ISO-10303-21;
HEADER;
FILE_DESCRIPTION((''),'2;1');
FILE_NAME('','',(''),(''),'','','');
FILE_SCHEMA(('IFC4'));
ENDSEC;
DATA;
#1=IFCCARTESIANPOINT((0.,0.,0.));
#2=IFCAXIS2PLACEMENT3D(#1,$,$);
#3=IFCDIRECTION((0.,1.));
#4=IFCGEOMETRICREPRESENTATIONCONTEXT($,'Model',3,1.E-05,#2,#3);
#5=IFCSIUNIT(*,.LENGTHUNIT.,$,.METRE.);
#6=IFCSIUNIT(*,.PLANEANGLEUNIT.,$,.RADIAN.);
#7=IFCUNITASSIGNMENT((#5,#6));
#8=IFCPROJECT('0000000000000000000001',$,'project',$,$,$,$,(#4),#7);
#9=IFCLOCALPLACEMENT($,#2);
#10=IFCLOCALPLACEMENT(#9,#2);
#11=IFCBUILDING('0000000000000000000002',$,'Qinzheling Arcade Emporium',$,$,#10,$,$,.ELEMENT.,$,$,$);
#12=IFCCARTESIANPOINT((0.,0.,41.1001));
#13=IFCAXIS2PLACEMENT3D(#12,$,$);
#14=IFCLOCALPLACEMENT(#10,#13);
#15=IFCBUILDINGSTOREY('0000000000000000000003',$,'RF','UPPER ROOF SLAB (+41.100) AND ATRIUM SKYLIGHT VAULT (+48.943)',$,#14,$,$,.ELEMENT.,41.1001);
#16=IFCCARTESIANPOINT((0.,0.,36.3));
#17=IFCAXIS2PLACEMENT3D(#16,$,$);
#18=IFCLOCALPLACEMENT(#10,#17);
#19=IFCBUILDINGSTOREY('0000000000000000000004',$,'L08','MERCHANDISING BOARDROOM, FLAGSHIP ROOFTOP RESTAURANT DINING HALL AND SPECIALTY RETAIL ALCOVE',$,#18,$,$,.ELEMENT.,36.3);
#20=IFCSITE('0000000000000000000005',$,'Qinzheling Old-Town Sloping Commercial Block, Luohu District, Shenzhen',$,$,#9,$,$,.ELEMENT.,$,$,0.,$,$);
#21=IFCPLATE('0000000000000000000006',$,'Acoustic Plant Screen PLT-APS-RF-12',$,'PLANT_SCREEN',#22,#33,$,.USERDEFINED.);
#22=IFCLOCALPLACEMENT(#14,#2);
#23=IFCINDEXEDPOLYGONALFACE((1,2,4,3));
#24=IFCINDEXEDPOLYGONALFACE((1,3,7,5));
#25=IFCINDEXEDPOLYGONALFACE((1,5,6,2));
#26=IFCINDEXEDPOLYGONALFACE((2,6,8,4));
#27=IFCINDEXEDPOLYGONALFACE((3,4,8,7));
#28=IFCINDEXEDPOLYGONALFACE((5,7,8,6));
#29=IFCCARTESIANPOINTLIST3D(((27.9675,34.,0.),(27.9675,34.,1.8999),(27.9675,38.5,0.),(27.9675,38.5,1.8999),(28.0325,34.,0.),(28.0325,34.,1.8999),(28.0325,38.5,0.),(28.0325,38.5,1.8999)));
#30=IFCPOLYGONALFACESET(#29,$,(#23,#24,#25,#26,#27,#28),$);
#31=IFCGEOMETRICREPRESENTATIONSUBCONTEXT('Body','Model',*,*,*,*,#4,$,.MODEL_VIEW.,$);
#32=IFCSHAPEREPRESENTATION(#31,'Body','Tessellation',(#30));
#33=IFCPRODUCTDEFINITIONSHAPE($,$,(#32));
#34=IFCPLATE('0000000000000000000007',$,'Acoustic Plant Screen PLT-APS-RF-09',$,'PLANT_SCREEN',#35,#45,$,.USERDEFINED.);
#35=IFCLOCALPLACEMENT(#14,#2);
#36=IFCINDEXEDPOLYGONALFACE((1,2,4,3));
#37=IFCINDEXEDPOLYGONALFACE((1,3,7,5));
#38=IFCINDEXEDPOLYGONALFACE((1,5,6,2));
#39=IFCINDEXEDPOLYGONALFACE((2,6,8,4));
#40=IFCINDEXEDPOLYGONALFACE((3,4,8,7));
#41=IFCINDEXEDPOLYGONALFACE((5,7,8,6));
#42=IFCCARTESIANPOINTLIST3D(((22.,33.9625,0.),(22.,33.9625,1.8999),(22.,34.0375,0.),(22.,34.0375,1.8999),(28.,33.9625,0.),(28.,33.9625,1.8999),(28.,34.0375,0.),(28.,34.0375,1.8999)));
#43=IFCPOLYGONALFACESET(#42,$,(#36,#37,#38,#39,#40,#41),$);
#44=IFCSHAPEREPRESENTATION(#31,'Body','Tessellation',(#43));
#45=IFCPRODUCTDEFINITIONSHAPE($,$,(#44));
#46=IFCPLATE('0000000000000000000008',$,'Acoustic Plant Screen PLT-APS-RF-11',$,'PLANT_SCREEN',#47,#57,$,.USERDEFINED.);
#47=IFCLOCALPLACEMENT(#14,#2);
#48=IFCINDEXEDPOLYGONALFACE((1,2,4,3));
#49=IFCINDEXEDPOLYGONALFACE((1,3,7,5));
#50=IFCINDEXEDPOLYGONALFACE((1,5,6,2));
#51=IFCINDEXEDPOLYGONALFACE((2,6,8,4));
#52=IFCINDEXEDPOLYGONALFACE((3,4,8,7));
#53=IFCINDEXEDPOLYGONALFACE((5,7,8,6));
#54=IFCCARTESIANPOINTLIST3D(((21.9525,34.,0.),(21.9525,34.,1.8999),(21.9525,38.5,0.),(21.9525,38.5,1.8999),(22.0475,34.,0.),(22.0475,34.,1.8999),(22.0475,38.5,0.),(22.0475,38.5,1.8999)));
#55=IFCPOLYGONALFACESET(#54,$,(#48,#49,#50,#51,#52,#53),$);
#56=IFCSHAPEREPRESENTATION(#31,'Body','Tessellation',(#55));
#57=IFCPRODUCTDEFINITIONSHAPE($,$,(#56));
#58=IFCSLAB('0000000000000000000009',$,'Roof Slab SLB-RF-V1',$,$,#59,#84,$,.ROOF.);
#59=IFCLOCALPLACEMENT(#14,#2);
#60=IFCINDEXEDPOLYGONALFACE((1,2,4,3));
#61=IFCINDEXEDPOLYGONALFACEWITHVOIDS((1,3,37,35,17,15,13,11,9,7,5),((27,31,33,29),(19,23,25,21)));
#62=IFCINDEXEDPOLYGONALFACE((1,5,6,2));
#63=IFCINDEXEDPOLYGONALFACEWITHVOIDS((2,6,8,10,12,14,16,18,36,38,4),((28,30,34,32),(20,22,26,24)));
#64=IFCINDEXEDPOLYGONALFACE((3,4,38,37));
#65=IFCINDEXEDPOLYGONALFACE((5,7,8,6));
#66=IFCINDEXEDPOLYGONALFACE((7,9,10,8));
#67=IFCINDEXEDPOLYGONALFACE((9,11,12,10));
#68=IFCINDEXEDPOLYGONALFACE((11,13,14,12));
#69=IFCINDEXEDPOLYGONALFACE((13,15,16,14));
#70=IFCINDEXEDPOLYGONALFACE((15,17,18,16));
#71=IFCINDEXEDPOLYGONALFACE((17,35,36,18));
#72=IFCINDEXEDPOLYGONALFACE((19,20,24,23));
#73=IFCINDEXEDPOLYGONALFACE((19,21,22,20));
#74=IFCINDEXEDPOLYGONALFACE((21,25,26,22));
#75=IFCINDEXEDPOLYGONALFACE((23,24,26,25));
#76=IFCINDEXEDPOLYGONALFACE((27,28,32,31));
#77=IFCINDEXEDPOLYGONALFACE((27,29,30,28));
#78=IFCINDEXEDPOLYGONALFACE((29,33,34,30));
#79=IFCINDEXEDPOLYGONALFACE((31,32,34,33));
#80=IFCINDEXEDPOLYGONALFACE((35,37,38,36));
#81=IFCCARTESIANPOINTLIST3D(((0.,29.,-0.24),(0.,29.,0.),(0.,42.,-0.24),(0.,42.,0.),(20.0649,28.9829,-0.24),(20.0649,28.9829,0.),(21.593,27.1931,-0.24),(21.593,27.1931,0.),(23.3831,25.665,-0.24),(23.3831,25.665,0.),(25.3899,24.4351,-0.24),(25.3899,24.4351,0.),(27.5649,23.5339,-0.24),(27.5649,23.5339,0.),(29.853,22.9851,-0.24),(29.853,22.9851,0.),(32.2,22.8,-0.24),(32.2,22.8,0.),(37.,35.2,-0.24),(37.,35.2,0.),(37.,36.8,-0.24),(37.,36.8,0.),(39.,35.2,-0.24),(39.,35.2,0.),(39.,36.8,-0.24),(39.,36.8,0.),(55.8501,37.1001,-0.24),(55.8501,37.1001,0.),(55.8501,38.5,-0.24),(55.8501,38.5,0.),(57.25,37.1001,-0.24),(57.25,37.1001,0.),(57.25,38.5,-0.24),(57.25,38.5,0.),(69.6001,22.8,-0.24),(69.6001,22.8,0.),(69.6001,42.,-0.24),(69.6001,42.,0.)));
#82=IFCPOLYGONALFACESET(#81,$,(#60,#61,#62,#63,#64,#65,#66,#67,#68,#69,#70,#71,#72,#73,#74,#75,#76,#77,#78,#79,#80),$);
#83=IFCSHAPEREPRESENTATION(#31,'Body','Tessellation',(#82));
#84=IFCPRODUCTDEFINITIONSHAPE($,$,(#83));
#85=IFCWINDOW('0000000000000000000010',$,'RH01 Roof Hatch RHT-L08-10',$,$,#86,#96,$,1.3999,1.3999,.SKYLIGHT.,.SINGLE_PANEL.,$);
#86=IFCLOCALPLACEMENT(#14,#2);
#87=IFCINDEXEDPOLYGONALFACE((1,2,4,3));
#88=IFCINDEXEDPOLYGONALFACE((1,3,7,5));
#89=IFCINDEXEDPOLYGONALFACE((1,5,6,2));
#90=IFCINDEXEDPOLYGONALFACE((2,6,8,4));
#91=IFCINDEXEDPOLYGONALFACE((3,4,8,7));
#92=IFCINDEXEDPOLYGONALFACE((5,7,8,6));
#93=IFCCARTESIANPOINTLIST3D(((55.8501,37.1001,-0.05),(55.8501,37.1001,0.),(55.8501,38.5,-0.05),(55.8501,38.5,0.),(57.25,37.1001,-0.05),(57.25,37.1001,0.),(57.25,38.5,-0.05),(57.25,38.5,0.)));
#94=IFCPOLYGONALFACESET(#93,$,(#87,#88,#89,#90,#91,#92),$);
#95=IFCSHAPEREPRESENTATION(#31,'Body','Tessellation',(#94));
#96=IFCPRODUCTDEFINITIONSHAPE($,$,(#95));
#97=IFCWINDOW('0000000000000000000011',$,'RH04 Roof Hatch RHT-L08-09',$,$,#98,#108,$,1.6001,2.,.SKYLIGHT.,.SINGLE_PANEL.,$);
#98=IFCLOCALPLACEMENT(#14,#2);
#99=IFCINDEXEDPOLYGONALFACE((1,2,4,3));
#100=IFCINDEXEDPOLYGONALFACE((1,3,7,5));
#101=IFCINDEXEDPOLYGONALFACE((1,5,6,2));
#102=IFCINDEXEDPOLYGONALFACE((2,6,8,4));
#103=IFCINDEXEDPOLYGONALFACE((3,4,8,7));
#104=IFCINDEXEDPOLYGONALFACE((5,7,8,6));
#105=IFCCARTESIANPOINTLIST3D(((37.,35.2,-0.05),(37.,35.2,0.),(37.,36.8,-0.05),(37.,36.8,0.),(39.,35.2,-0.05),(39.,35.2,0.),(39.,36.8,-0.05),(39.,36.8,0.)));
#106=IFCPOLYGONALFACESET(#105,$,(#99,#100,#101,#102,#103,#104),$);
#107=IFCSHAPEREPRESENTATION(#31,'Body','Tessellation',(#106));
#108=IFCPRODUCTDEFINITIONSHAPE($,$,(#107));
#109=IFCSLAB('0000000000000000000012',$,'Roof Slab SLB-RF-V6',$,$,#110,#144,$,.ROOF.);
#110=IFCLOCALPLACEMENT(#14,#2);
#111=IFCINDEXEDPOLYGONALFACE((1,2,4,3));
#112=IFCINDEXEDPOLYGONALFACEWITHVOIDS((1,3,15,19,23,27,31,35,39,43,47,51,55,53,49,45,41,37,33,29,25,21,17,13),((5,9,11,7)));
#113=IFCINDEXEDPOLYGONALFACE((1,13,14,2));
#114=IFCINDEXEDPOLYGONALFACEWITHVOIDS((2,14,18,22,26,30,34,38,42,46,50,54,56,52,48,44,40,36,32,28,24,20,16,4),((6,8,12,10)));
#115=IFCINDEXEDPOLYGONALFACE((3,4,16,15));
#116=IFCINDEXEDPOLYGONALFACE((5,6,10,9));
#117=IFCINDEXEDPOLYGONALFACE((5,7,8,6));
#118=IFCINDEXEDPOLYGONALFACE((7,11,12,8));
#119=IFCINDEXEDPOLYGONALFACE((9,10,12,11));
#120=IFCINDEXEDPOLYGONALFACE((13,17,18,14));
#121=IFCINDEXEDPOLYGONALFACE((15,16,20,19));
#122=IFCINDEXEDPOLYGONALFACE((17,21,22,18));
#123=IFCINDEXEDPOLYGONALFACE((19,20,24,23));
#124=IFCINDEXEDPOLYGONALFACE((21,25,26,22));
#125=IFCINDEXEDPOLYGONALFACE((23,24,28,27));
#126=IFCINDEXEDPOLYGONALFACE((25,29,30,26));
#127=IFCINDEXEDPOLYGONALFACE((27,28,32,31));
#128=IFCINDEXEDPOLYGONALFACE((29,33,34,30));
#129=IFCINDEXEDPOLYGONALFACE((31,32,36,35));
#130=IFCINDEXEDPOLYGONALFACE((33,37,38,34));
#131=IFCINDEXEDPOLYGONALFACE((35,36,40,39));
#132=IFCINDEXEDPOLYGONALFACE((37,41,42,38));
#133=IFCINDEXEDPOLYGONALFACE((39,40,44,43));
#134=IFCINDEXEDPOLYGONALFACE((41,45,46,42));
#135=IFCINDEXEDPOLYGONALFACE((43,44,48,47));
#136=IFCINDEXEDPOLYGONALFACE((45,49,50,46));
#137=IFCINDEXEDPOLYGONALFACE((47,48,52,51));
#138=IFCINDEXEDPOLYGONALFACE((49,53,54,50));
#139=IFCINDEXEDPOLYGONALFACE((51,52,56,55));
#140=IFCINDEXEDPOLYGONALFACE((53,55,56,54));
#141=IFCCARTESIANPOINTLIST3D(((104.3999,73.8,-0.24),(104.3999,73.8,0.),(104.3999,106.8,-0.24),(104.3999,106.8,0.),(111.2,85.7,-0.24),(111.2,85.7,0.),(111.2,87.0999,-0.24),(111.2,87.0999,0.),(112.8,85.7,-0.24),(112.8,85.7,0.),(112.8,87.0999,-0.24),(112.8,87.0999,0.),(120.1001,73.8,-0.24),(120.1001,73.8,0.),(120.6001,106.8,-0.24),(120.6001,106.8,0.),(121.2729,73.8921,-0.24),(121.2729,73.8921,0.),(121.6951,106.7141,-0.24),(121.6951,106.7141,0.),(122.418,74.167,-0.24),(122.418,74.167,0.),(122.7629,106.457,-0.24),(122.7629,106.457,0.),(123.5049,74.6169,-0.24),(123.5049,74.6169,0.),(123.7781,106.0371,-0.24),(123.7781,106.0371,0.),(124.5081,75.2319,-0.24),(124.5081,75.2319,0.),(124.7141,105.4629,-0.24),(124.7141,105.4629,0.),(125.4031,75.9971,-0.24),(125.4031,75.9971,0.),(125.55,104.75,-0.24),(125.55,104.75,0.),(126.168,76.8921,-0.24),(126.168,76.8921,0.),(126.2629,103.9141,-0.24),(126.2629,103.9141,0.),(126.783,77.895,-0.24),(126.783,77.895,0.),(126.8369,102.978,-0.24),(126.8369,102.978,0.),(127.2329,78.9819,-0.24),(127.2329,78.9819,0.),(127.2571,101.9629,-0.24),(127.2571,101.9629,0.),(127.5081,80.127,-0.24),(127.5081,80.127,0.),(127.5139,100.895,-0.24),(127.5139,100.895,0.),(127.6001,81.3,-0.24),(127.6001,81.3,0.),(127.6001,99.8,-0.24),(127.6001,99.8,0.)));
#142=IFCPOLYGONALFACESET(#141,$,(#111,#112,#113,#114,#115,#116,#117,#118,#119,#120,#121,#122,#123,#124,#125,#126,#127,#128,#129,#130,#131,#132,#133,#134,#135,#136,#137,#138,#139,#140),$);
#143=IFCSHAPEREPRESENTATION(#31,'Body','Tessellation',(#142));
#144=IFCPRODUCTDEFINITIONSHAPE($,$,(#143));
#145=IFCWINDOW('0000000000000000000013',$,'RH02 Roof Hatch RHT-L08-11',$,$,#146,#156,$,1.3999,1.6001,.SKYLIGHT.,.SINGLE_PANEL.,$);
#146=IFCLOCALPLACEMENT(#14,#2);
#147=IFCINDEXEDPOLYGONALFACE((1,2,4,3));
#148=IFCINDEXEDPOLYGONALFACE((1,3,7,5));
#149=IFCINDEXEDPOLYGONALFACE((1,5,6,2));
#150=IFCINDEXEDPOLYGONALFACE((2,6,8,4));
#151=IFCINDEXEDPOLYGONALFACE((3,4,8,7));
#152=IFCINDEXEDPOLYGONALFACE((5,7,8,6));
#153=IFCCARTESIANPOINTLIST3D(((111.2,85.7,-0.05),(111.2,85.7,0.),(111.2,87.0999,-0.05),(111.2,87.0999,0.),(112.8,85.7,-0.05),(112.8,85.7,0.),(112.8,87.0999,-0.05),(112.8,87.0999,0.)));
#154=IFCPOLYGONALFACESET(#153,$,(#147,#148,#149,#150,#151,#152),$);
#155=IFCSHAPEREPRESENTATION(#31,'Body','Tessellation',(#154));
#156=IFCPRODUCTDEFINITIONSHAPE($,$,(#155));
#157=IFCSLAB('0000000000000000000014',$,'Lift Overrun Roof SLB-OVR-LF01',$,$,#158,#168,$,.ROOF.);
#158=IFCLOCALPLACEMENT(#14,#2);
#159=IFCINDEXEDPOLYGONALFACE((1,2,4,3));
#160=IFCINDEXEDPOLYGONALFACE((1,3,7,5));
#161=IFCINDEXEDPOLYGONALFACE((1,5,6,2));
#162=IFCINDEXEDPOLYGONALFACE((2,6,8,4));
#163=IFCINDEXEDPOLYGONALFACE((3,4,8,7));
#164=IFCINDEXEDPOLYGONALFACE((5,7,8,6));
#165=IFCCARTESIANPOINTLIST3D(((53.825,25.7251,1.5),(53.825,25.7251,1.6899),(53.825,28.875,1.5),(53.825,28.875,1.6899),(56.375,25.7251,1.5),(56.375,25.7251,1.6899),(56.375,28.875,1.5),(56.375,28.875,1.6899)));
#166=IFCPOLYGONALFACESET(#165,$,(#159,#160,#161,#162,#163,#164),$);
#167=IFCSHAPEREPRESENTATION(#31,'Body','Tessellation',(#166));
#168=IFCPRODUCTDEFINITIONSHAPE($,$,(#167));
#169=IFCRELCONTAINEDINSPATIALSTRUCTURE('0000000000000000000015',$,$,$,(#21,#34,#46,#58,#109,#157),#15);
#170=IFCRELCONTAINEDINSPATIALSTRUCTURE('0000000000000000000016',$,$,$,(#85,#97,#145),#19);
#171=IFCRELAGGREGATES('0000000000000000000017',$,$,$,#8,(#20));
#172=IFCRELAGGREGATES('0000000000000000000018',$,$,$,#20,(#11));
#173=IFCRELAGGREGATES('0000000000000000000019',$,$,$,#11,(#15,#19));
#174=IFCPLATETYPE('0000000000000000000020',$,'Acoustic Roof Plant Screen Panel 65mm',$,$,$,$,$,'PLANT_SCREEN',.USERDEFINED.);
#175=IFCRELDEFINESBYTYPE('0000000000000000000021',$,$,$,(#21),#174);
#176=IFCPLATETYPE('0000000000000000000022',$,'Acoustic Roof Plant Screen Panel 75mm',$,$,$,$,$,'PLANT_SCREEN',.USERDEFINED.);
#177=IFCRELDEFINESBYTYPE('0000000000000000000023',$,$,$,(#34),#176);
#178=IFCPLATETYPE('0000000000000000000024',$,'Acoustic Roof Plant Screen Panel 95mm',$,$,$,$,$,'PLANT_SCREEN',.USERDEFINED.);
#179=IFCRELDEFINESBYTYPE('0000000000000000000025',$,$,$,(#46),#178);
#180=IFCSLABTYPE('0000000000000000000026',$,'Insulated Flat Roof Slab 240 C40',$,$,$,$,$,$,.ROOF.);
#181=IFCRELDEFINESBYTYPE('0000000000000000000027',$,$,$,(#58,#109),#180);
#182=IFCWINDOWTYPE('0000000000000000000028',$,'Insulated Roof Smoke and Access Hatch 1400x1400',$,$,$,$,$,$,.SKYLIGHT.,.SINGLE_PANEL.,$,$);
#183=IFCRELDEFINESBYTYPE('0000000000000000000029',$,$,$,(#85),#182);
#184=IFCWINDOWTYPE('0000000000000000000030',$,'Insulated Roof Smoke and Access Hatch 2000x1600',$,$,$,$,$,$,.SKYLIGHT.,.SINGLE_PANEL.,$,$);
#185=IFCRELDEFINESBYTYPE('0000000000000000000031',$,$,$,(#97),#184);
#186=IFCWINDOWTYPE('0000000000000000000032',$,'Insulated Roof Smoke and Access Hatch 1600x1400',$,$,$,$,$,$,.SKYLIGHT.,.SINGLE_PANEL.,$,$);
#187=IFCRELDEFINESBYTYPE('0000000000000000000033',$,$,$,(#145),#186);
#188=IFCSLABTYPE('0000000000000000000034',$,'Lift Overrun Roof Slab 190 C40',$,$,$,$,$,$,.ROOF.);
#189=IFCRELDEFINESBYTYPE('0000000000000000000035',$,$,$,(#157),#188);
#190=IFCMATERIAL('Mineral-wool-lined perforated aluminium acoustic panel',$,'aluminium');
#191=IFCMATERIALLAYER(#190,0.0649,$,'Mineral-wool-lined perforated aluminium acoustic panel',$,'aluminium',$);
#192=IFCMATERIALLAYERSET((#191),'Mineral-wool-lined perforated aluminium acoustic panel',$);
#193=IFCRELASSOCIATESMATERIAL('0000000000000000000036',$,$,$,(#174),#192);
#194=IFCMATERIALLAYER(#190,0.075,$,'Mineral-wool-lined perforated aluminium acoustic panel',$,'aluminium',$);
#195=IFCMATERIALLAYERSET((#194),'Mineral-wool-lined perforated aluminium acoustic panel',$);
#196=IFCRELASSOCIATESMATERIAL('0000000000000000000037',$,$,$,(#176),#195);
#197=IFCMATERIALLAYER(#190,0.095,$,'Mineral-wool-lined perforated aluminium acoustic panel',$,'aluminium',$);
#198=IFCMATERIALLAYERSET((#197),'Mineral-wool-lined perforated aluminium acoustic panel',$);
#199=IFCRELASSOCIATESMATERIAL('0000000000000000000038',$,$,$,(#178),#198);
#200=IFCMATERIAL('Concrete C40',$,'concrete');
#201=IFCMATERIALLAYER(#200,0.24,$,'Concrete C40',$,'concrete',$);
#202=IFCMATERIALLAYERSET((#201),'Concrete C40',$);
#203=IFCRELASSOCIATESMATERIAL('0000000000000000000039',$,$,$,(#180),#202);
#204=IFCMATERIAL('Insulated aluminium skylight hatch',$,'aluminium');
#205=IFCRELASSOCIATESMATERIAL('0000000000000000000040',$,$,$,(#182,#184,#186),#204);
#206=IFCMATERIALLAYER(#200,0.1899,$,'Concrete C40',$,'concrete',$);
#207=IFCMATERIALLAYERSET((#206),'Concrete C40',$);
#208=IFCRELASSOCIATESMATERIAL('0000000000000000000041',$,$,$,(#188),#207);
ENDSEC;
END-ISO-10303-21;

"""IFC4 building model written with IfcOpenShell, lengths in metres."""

from ifc_helpers import new_model, si_unit, direction, frame, origin, origin_2d, place, context, subcontext, project, spatial, polyline, rectangle, outline, extrude, material, layer, layer_set, type_object, element, fill, save


model = new_model("IFC4")

# Units and contexts
model_context = context("Model", 3, precision=1e-05, world=origin(), true_north=direction((0.0, 1.0)))
body_context = subcontext(model_context, "Body", "Model", "MODEL_VIEW")
ifc_project = project(units=[si_unit("LENGTHUNIT", "METRE"), si_unit("PLANEANGLEUNIT", "RADIAN")], contexts=[model_context])

# Site, building, storey
site_placement = place(None, origin())
site = spatial("IfcSite", under=ifc_project, at=site_placement, Name="Qinzheling Old-Town Sloping Commercial Block, Luohu District, Shenzhen", CompositionType="ELEMENT", RefElevation=0.0)
building_placement = place(site_placement, origin())
building = spatial("IfcBuilding", under=site, at=building_placement, Name="Qinzheling Arcade Emporium", CompositionType="ELEMENT")
storey_1_placement = place(building_placement, frame((0.0, 0.0, 41.1001)))
storey_1 = spatial("IfcBuildingStorey", under=building, at=storey_1_placement, Name="RF", Description="UPPER ROOF SLAB (+41.100) AND ATRIUM SKYLIGHT VAULT (+48.943)", CompositionType="ELEMENT", Elevation=41.1001)

# Plates
ifc_material_1 = material(Name="Mineral-wool-lined perforated aluminium acoustic panel", Category="aluminium")
ifc_layer_1 = layer(ifc_material_1, 0.0649, Name="Mineral-wool-lined perforated aluminium acoustic panel", Category="aluminium")
ifc_layer_set_1 = layer_set([ifc_layer_1], Name="Mineral-wool-lined perforated aluminium acoustic panel")
plate_type_1 = type_object("IfcPlateType", Name="Acoustic Roof Plant Screen Panel 65mm", ElementType="PLANT_SCREEN", PredefinedType="USERDEFINED", material=ifc_layer_set_1)
plate_1_placement = place(storey_1_placement, frame((28.0, 36.25, 0.0), z_axis=(0.0, 0.0, 1.0), x_axis=(0.0, 1.0, 0.0)))
element("IfcPlate", 1, at=plate_1_placement, inside=storey_1, type_object=plate_type_1, Name="Acoustic Plant Screen PLT-APS-RF-12", ObjectType="PLANT_SCREEN", PredefinedType="USERDEFINED", context=body_context, shape_type="SweptSolid", body=[
    extrude(rectangle(XDim=4.5, YDim=0.0649, at=origin_2d()), origin(), (0.0, 0.0, 1.0), 1.8999),
])
ifc_layer_2 = layer(ifc_material_1, 0.075, Name="Mineral-wool-lined perforated aluminium acoustic panel", Category="aluminium")
ifc_layer_set_2 = layer_set([ifc_layer_2], Name="Mineral-wool-lined perforated aluminium acoustic panel")
plate_type_2 = type_object("IfcPlateType", Name="Acoustic Roof Plant Screen Panel 75mm", ElementType="PLANT_SCREEN", PredefinedType="USERDEFINED", material=ifc_layer_set_2)
plate_2_placement = place(storey_1_placement, frame((25.0, 34.0, 0.0), z_axis=(0.0, 0.0, 1.0), x_axis=(1.0, 0.0, 0.0)))
element("IfcPlate", 2, at=plate_2_placement, inside=storey_1, type_object=plate_type_2, Name="Acoustic Plant Screen PLT-APS-RF-09", ObjectType="PLANT_SCREEN", PredefinedType="USERDEFINED", context=body_context, shape_type="SweptSolid", body=[
    extrude(rectangle(XDim=6.0, YDim=0.075, at=origin_2d()), origin(), (0.0, 0.0, 1.0), 1.8999),
])
ifc_layer_3 = layer(ifc_material_1, 0.095, Name="Mineral-wool-lined perforated aluminium acoustic panel", Category="aluminium")
ifc_layer_set_3 = layer_set([ifc_layer_3], Name="Mineral-wool-lined perforated aluminium acoustic panel")
plate_type_3 = type_object("IfcPlateType", Name="Acoustic Roof Plant Screen Panel 95mm", ElementType="PLANT_SCREEN", PredefinedType="USERDEFINED", material=ifc_layer_set_3)
plate_3_placement = place(storey_1_placement, frame((22.0, 36.25, 0.0), z_axis=(0.0, 0.0, 1.0), x_axis=(0.0, 1.0, 0.0)))
element("IfcPlate", 3, at=plate_3_placement, inside=storey_1, type_object=plate_type_3, Name="Acoustic Plant Screen PLT-APS-RF-11", ObjectType="PLANT_SCREEN", PredefinedType="USERDEFINED", context=body_context, shape_type="SweptSolid", body=[
    extrude(rectangle(XDim=4.5, YDim=0.095, at=origin_2d()), origin(), (0.0, 0.0, 1.0), 1.8999),
])

# Slab, openings
ifc_material_2 = material(Name="Concrete C40", Category="concrete")
ifc_layer_4 = layer(ifc_material_2, 0.24, Name="Concrete C40", Category="concrete")
ifc_layer_set_4 = layer_set([ifc_layer_4], Name="Concrete C40")
slab_type_1 = type_object("IfcSlabType", Name="Insulated Flat Roof Slab 240 C40", PredefinedType="ROOF", material=ifc_layer_set_4)
slab_1_placement = place(storey_1_placement, frame((0.0, 0.0, -0.24)))
slab_1 = element("IfcSlab", 4, at=slab_1_placement, inside=storey_1, type_object=slab_type_1, Name="Roof Slab SLB-RF-V1", PredefinedType="ROOF", context=body_context, shape_type="SweptSolid", body=[
    extrude(outline(polyline([(34.8, 42.0), (17.2, 42.0), (0.0, 42.0), (0.0, 29.0), (20.0649, 28.9829), (21.593, 27.1931), (23.3831, 25.665), (25.3899, 24.4351), (27.5649, 23.5339), (29.853, 22.9851), (32.2, 22.8), (69.6001, 22.8), (69.6001, 42.0), (34.8, 42.0)])), origin(), (0.0, 0.0, 1.0), 0.24),
])
opening_1_placement = place(slab_1_placement, frame((38.0, 36.0, -0.01)))
opening_1 = element("IfcOpeningElement", 5, at=opening_1_placement, cuts=slab_1, PredefinedType="OPENING", context=body_context, shape_type="SweptSolid", body=[
    extrude(rectangle(XDim=2.0, YDim=1.6001, at=origin_2d()), origin(), (0.0, 0.0, 1.0), 0.26),
])
opening_2_placement = place(slab_1_placement, frame((56.55, 37.8, -0.01)))
opening_2 = element("IfcOpeningElement", 6, at=opening_2_placement, cuts=slab_1, PredefinedType="OPENING", context=body_context, shape_type="SweptSolid", body=[
    extrude(rectangle(XDim=1.3999, YDim=1.3999, at=origin_2d()), origin(), (0.0, 0.0, 1.0), 0.26),
])

# Shared definitions
storey_2_placement = place(building_placement, frame((0.0, 0.0, 36.3)))
storey_2 = spatial("IfcBuildingStorey", under=building, at=storey_2_placement, Name="L08", Description="MERCHANDISING BOARDROOM, FLAGSHIP ROOFTOP RESTAURANT DINING HALL AND SPECIALTY RETAIL ALCOVE", CompositionType="ELEMENT", Elevation=36.3)

# Windows
ifc_material_3 = material(Name="Insulated aluminium skylight hatch", Category="aluminium")
window_type_1 = type_object("IfcWindowType", Name="Insulated Roof Smoke and Access Hatch 1400x1400", PartitioningType="SINGLE_PANEL", PredefinedType="SKYLIGHT", material=ifc_material_3)
window_1_placement = place(opening_2_placement, frame((0.0, 0.0, 0.2)))
window_1 = element("IfcWindow", 7, at=window_1_placement, inside=storey_2, type_object=window_type_1, Name="RH01 Roof Hatch RHT-L08-10", OverallHeight=1.3999, OverallWidth=1.3999, PartitioningType="SINGLE_PANEL", PredefinedType="SKYLIGHT", context=body_context, shape_type="SweptSolid", body=[
    extrude(rectangle(XDim=1.3999, YDim=1.3999, at=origin_2d()), origin(), (0.0, 0.0, 1.0), 0.05),
])
fill(opening_2, window_1)
window_type_2 = type_object("IfcWindowType", Name="Insulated Roof Smoke and Access Hatch 2000x1600", PartitioningType="SINGLE_PANEL", PredefinedType="SKYLIGHT", material=ifc_material_3)
window_2_placement = place(opening_1_placement, frame((0.0, 0.0, 0.2)))
window_2 = element("IfcWindow", 8, at=window_2_placement, inside=storey_2, type_object=window_type_2, Name="RH04 Roof Hatch RHT-L08-09", OverallHeight=1.6001, OverallWidth=2.0, PartitioningType="SINGLE_PANEL", PredefinedType="SKYLIGHT", context=body_context, shape_type="SweptSolid", body=[
    extrude(rectangle(XDim=2.0, YDim=1.6001, at=origin_2d()), origin(), (0.0, 0.0, 1.0), 0.05),
])
fill(opening_1, window_2)

# Slab, opening, window
slab_2_placement = place(storey_1_placement, frame((0.0, 0.0, -0.24)))
slab_2 = element("IfcSlab", 9, at=slab_2_placement, inside=storey_1, type_object=slab_type_1, Name="Roof Slab SLB-RF-V6", PredefinedType="ROOF", context=body_context, shape_type="SweptSolid", body=[
    extrude(outline(polyline([(104.3999, 106.8), (104.3999, 73.8), (120.1001, 73.8), (121.2729, 73.8921), (122.418, 74.167), (123.5049, 74.6169), (124.5081, 75.2319), (125.4031, 75.9971), (126.168, 76.8921), (126.783, 77.895), (127.2329, 78.9819), (127.5081, 80.127), (127.6001, 81.3), (127.6001, 99.8), (127.5139, 100.895), (127.2571, 101.9629), (126.8369, 102.978), (126.2629, 103.9141), (125.55, 104.75), (124.7141, 105.4629), (123.7781, 106.0371), (122.7629, 106.457), (121.6951, 106.7141), (120.6001, 106.8), (104.3999, 106.8)])), origin(), (0.0, 0.0, 1.0), 0.24),
])
opening_3_placement = place(slab_2_placement, frame((112.0, 86.3999, -0.01)))
opening_3 = element("IfcOpeningElement", 10, at=opening_3_placement, cuts=slab_2, PredefinedType="OPENING", context=body_context, shape_type="SweptSolid", body=[
    extrude(rectangle(XDim=1.6001, YDim=1.3999, at=origin_2d()), origin(), (0.0, 0.0, 1.0), 0.26),
])
window_type_3 = type_object("IfcWindowType", Name="Insulated Roof Smoke and Access Hatch 1600x1400", PartitioningType="SINGLE_PANEL", PredefinedType="SKYLIGHT", material=ifc_material_3)
window_3_placement = place(opening_3_placement, frame((0.0, 0.0, 0.2)))
window_3 = element("IfcWindow", 11, at=window_3_placement, inside=storey_2, type_object=window_type_3, Name="RH02 Roof Hatch RHT-L08-11", OverallHeight=1.3999, OverallWidth=1.6001, PartitioningType="SINGLE_PANEL", PredefinedType="SKYLIGHT", context=body_context, shape_type="SweptSolid", body=[
    extrude(rectangle(XDim=1.6001, YDim=1.3999, at=origin_2d()), origin(), (0.0, 0.0, 1.0), 0.05),
])
fill(opening_3, window_3)

# Slab
ifc_layer_5 = layer(ifc_material_2, 0.1899, Name="Concrete C40", Category="concrete")
ifc_layer_set_5 = layer_set([ifc_layer_5], Name="Concrete C40")
slab_type_2 = type_object("IfcSlabType", Name="Lift Overrun Roof Slab 190 C40", PredefinedType="ROOF", material=ifc_layer_set_5)
slab_3_placement = place(storey_1_placement, frame((0.0, 0.0, 1.5)))
element("IfcSlab", 12, at=slab_3_placement, inside=storey_1, type_object=slab_type_2, Name="Lift Overrun Roof SLB-OVR-LF01", PredefinedType="ROOF", context=body_context, shape_type="SweptSolid", body=[
    extrude(outline(polyline([(53.825, 25.7251), (56.375, 25.7251), (56.375, 28.875), (53.825, 28.875), (53.825, 25.7251)])), origin(), (0.0, 0.0, 1.0), 0.1899),
])

save(model, "model.ifc")
